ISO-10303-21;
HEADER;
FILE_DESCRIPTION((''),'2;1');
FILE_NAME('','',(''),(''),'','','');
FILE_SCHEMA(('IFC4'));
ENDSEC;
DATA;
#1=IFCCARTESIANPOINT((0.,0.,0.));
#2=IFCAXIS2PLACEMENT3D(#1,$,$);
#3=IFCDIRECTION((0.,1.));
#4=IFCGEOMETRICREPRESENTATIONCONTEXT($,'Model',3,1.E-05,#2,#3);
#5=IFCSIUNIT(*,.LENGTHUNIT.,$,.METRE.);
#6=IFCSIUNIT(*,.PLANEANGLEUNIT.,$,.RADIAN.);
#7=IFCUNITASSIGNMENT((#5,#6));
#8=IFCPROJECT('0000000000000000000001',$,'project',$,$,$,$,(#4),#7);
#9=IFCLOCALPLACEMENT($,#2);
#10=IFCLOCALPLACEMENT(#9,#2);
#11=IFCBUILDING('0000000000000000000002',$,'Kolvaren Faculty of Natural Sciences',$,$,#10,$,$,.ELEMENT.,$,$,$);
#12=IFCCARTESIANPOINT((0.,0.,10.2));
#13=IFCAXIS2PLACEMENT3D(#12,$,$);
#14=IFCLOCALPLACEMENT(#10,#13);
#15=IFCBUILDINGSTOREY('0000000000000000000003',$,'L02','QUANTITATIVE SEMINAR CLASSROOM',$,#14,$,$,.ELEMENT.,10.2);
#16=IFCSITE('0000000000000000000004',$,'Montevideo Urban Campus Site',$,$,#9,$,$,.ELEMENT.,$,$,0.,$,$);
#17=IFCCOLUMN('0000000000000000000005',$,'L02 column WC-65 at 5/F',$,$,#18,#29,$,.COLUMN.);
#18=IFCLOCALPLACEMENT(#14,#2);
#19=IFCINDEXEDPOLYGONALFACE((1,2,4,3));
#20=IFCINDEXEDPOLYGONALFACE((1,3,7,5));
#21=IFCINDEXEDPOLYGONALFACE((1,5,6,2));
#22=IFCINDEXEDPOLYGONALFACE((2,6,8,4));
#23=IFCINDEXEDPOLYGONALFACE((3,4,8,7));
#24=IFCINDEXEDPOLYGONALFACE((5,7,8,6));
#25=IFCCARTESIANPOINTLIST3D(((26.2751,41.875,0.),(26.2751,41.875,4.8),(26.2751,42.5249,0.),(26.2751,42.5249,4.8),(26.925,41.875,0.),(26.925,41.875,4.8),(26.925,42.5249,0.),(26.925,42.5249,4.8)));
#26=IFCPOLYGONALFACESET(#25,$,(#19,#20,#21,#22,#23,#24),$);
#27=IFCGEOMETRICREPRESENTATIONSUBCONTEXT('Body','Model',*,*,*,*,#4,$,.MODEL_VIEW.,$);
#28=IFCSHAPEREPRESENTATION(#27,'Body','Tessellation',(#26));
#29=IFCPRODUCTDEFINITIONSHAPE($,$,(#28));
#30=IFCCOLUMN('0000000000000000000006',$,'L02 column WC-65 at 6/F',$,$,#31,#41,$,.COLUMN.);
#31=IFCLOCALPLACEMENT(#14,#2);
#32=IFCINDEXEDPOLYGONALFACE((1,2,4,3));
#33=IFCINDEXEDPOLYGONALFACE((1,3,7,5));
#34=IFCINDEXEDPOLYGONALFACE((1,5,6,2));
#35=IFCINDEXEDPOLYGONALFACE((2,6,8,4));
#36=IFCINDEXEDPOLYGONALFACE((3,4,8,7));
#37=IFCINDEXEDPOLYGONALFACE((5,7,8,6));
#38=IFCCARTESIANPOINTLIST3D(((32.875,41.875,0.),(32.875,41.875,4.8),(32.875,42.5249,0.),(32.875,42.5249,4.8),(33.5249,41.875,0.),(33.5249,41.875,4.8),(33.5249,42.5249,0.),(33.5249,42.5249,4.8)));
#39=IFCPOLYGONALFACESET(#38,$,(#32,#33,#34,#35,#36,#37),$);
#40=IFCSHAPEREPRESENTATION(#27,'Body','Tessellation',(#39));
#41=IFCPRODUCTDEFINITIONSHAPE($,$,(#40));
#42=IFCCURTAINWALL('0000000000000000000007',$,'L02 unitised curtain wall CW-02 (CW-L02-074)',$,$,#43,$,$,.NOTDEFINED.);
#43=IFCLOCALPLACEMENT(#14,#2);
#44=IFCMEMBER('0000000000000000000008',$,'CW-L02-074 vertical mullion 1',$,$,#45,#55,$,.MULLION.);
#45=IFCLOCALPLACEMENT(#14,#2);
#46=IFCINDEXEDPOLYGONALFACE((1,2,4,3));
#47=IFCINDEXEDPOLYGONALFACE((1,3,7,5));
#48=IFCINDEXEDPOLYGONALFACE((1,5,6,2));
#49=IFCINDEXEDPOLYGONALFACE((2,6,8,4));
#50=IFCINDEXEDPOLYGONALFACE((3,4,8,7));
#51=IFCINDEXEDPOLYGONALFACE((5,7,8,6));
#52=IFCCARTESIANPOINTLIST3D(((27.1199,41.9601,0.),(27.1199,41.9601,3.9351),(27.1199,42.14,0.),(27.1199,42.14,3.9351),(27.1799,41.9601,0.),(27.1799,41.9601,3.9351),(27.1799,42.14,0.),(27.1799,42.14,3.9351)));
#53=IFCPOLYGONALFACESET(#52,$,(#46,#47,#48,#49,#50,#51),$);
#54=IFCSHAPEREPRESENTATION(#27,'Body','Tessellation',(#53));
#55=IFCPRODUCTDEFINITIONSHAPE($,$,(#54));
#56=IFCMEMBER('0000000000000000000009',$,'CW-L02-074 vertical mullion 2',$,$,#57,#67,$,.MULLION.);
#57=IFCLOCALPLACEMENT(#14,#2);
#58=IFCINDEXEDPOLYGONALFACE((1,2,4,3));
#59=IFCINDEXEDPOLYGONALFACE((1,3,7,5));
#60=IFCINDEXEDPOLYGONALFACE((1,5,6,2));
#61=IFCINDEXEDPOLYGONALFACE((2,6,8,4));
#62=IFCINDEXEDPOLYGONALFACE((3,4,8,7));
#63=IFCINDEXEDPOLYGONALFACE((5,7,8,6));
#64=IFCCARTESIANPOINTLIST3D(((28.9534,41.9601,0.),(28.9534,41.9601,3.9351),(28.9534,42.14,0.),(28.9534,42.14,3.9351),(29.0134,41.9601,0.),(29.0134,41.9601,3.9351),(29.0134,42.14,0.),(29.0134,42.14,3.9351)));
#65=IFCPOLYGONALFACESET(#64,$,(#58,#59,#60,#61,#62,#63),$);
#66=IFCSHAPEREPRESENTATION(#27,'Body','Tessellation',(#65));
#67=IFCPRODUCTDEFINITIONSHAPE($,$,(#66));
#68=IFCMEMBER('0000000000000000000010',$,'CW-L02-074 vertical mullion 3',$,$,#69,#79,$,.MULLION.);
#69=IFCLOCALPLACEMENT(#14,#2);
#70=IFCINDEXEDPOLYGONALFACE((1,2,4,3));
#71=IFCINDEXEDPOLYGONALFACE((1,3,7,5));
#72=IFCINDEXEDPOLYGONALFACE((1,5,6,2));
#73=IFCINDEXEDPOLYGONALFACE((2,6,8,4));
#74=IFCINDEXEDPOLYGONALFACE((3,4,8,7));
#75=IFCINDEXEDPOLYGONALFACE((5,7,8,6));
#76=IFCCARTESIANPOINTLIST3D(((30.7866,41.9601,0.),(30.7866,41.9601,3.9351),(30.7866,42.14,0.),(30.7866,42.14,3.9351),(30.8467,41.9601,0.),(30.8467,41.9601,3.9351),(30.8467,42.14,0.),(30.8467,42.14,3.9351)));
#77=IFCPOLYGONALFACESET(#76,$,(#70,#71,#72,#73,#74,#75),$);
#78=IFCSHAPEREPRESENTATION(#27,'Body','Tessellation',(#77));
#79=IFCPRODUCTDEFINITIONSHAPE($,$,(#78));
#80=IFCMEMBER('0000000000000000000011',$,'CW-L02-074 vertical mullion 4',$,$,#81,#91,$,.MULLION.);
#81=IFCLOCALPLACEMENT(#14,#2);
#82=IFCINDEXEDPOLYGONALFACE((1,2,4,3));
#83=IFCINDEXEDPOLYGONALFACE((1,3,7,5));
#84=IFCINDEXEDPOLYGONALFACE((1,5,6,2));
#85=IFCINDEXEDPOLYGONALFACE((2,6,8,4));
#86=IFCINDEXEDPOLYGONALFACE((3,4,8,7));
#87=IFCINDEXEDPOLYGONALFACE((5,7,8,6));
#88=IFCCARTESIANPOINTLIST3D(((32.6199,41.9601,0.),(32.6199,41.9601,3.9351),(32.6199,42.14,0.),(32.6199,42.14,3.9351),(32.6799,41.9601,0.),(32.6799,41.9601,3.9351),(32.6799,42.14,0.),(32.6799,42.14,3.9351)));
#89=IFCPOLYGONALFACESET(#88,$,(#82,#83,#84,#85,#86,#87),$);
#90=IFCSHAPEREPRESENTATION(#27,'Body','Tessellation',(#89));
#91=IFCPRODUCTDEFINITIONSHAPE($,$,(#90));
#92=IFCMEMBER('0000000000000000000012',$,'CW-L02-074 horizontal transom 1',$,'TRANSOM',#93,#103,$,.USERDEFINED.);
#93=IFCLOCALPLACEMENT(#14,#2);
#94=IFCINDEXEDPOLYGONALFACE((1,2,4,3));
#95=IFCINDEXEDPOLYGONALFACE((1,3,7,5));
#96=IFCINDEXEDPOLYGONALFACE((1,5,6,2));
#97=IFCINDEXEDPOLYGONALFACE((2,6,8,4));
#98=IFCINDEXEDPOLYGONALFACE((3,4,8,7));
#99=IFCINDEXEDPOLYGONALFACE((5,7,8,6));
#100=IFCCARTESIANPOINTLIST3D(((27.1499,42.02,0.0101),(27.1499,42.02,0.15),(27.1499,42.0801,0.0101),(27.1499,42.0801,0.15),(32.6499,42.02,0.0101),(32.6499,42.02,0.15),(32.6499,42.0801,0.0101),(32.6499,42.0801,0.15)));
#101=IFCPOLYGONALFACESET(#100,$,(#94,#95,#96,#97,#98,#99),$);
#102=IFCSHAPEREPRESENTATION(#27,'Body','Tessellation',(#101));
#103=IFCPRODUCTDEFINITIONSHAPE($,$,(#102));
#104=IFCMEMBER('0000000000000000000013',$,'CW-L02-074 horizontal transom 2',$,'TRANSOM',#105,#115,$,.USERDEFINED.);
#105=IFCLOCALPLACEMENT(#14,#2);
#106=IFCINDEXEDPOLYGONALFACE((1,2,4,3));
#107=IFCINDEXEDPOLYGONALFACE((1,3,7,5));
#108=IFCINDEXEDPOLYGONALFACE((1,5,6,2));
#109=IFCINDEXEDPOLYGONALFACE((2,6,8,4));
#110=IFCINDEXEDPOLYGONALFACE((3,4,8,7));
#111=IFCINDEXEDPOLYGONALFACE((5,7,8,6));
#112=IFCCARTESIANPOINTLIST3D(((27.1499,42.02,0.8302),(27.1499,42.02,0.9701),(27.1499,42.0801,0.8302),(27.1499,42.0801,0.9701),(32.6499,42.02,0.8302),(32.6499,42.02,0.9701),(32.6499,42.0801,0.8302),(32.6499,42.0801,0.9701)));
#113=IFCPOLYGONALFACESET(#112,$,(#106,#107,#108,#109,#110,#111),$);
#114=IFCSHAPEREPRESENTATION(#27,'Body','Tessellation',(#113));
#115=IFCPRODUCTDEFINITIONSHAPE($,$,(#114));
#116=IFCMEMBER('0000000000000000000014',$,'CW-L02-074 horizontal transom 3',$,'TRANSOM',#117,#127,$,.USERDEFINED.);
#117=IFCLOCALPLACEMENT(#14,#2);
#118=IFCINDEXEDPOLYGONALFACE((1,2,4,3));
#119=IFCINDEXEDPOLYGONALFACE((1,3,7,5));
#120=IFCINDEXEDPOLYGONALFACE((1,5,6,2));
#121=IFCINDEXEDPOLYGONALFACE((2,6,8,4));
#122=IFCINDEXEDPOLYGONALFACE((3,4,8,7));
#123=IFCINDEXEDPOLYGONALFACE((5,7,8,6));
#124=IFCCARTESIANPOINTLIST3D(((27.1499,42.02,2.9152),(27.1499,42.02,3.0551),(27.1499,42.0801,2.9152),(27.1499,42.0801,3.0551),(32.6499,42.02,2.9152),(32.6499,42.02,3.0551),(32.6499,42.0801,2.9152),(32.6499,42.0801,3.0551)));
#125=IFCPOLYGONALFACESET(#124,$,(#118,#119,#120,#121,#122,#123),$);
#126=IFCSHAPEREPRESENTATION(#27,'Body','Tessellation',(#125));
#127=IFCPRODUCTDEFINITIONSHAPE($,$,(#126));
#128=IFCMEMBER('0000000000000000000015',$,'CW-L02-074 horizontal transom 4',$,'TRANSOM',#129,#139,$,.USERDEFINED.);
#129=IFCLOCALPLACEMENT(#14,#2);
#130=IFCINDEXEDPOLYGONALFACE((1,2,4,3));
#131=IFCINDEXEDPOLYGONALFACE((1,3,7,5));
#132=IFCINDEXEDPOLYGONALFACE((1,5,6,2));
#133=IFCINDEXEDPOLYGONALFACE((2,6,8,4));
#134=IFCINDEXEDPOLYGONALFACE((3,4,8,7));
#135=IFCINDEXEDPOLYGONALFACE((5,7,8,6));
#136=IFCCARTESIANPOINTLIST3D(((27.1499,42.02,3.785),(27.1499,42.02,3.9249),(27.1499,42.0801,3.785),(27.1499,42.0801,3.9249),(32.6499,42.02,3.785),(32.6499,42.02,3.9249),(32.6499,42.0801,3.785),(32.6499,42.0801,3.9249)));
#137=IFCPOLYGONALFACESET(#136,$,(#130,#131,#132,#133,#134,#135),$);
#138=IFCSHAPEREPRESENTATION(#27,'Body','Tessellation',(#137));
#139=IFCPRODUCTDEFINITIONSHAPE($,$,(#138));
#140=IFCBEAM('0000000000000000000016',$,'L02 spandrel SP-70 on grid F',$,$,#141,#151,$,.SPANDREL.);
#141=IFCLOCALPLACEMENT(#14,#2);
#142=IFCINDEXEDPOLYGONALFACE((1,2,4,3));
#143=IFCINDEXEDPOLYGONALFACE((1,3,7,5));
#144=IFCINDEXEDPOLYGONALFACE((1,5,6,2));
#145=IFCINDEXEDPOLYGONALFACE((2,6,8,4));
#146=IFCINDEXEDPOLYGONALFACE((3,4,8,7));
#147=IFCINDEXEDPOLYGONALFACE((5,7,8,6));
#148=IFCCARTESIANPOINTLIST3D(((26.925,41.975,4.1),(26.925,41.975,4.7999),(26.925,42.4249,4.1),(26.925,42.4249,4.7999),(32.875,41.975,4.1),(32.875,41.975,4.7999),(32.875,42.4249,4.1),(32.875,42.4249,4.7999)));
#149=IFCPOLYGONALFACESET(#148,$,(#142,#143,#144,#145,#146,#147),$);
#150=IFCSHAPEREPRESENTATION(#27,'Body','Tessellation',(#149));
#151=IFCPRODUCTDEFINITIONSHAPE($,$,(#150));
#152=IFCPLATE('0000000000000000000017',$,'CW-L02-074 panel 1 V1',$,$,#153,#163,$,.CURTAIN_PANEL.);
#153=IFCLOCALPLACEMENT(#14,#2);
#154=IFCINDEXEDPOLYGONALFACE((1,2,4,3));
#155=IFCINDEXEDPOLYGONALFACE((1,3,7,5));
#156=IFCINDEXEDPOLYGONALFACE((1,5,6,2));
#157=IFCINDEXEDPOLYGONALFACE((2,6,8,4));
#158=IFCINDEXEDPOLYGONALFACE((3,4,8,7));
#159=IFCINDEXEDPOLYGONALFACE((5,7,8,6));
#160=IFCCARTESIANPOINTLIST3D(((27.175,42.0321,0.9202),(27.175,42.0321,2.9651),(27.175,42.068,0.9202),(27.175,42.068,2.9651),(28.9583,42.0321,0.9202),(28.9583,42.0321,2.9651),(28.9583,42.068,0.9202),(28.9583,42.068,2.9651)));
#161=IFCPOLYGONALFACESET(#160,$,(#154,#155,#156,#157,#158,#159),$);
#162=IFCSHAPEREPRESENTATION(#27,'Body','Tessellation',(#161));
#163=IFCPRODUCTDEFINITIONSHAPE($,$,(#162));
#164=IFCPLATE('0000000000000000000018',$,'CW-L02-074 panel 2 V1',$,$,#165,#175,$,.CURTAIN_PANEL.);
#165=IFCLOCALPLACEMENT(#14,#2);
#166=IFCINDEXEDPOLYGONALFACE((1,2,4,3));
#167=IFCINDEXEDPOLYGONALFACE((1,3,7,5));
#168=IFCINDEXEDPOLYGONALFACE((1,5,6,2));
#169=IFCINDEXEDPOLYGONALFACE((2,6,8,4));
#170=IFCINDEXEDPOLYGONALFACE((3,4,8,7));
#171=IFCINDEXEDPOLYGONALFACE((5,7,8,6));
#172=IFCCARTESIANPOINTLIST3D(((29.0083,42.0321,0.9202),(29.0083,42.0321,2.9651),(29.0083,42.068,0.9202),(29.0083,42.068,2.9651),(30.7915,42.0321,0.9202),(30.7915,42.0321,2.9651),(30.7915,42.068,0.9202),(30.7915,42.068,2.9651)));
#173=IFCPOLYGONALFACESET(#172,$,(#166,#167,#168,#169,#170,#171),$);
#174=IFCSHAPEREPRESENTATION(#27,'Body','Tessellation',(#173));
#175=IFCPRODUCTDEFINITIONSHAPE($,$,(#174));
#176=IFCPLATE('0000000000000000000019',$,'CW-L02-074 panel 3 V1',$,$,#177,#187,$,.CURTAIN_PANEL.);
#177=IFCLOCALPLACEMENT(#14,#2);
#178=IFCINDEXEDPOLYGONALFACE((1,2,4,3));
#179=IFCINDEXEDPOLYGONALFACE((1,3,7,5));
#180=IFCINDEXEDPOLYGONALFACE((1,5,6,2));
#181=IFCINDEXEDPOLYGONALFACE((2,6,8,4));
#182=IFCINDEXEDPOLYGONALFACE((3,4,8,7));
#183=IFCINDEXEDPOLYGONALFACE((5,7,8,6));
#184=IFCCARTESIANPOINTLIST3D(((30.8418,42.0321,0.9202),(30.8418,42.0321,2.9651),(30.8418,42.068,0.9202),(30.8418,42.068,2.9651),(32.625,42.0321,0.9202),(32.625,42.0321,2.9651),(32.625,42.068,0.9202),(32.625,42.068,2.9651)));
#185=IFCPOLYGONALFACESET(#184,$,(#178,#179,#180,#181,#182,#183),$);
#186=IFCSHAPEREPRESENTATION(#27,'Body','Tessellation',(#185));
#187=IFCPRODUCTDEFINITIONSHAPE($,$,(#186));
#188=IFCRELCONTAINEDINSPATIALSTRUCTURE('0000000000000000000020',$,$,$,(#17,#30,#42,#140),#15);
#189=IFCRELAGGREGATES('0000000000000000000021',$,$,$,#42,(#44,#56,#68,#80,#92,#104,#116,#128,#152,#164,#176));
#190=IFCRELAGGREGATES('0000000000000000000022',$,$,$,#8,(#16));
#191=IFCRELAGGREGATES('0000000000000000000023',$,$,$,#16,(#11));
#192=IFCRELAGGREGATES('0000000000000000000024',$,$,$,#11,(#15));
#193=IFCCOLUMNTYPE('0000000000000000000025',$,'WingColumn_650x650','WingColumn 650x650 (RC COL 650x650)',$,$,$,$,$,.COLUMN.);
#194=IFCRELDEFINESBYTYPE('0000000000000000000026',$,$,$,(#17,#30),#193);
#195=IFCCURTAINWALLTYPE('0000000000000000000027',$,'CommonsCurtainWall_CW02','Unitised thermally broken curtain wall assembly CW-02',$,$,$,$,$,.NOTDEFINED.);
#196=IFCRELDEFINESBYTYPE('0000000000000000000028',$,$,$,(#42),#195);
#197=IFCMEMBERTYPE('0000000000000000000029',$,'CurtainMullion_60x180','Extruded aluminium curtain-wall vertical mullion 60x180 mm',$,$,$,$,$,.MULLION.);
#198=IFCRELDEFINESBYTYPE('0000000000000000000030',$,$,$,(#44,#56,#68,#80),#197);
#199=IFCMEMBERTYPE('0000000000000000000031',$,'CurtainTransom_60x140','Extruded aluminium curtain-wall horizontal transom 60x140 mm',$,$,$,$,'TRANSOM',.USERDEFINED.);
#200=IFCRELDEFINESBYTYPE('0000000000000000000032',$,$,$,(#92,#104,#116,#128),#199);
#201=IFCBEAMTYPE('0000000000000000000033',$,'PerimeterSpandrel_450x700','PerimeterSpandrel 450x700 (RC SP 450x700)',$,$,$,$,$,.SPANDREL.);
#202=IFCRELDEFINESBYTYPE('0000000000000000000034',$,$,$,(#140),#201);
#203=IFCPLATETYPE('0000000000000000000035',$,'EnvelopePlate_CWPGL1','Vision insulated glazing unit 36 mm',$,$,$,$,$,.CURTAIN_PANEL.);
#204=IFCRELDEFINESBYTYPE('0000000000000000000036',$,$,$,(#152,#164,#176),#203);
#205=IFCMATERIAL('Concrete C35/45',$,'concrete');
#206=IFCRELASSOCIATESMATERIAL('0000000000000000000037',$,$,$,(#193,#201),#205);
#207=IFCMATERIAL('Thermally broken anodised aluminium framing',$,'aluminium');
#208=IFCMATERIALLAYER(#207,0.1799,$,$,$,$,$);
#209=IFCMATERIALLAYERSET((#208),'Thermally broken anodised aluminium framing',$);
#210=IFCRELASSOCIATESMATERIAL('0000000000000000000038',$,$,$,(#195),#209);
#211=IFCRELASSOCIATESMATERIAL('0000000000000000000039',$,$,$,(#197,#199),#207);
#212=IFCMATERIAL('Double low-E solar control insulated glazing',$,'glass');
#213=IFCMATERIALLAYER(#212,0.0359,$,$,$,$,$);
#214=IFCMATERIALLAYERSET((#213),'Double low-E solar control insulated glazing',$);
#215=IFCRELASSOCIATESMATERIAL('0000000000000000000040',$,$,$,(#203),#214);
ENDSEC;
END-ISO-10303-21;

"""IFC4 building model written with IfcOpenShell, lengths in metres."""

from ifc_helpers import new_model, si_unit, direction, frame, origin, origin_2d, place, context, subcontext, project, spatial, rectangle, extrude, material, layer, layer_set, material_profile, profile_set, type_object, element, aggregate, save


model = new_model("IFC4")

# Units and contexts
model_context = context("Model", 3, precision=1e-05, world=origin(), true_north=direction((0.0, 1.0)))
body_context = subcontext(model_context, "Body", "Model", "MODEL_VIEW")
ifc_project = project(units=[si_unit("LENGTHUNIT", "METRE"), si_unit("PLANEANGLEUNIT", "RADIAN")], contexts=[model_context])

# Site, building, storey
site_placement = place(None, origin())
site = spatial("IfcSite", under=ifc_project, at=site_placement, Name="Montevideo Urban Campus Site", CompositionType="ELEMENT", RefElevation=0.0)
building_placement = place(site_placement, origin())
building = spatial("IfcBuilding", under=site, at=building_placement, Name="Kolvaren Faculty of Natural Sciences", CompositionType="ELEMENT")
storey_placement = place(building_placement, frame((0.0, 0.0, 10.2)))
storey = spatial("IfcBuildingStorey", under=building, at=storey_placement, Name="L02", Description="QUANTITATIVE SEMINAR CLASSROOM", CompositionType="ELEMENT", Elevation=10.2)

# Columns
ifc_material_1 = material(Name="Concrete C35/45", Category="concrete")
ifc_material_profile_1 = material_profile(ifc_material_1, rectangle(XDim=0.6499, YDim=0.6499, at=origin_2d()), Name="RC COL 650x650")
ifc_profile_set_1 = profile_set([ifc_material_profile_1], Name="Concrete C35/45")
column_type = type_object("IfcColumnType", Name="WingColumn_650x650", Description="WingColumn 650x650 (RC COL 650x650)", PredefinedType="COLUMN", material=ifc_profile_set_1)
for number, where, z_axis, x_axis, name in (
    (1, (26.6001, 42.2, 0.0), (0.0, 0.0, 1.0), (1.0, 0.0, 0.0), "L02 column WC-65 at 5/F"),
    (2, (33.2, 42.2, 0.0), (0.0, 0.0, 1.0), (1.0, 0.0, 0.0), "L02 column WC-65 at 6/F"),
):
    element("IfcColumn", number, at=place(storey_placement, frame(where, z_axis=z_axis, x_axis=x_axis)), inside=storey, type_object=column_type, Name=name, PredefinedType="COLUMN", context=body_context, shape_type="SweptSolid", body=[
        extrude(rectangle(XDim=0.6499, YDim=0.6499, at=origin_2d()), origin(), (0.0, 0.0, 1.0), 4.8),
    ])

# Curtain wall, members
ifc_material_2 = material(Name="Thermally broken anodised aluminium framing", Category="aluminium")
ifc_layer_1 = layer(ifc_material_2, 0.1799)
ifc_layer_set_1 = layer_set([ifc_layer_1], Name="Thermally broken anodised aluminium framing")
curtain_wall_type = type_object("IfcCurtainWallType", Name="CommonsCurtainWall_CW02", Description="Unitised thermally broken curtain wall assembly CW-02", PredefinedType="NOTDEFINED", material=ifc_layer_set_1)
curtain_wall_placement = place(storey_placement, origin())
curtain_wall = element("IfcCurtainWall", 3, at=curtain_wall_placement, inside=storey, type_object=curtain_wall_type, Name="L02 unitised curtain wall CW-02 (CW-L02-074)", PredefinedType="NOTDEFINED")
ifc_material_profile_2 = material_profile(ifc_material_2, rectangle(XDim=0.0601, YDim=0.1799, at=origin_2d()), Name="ALU MUL 60x180")
ifc_profile_set_2 = profile_set([ifc_material_profile_2], Name="Thermally broken anodised aluminium framing")
member_type_1 = type_object("IfcMemberType", Name="CurtainMullion_60x180", Description="Extruded aluminium curtain-wall vertical mullion 60x180 mm", PredefinedType="MULLION", material=ifc_profile_set_2)
member_1_placement = place(storey_placement, frame((27.1499, 42.05, 0.0), z_axis=(0.0, 0.0, 1.0), x_axis=(1.0, 0.0, 0.0)))
member_1 = element("IfcMember", 4, at=member_1_placement, type_object=member_type_1, Name="CW-L02-074 vertical mullion 1", PredefinedType="MULLION", context=body_context, shape_type="SweptSolid", body=[
    extrude(rectangle(XDim=0.0601, YDim=0.1799, at=origin_2d()), origin(), (0.0, 0.0, 1.0), 3.9351),
])
member_2_placement = place(storey_placement, frame((28.9834, 42.05, 0.0), z_axis=(0.0, 0.0, 1.0), x_axis=(1.0, 0.0, 0.0)))
member_2 = element("IfcMember", 5, at=member_2_placement, type_object=member_type_1, Name="CW-L02-074 vertical mullion 2", PredefinedType="MULLION", context=body_context, shape_type="SweptSolid", body=[
    extrude(rectangle(XDim=0.0601, YDim=0.1799, at=origin_2d()), origin(), (0.0, 0.0, 1.0), 3.9351),
])
member_3_placement = place(storey_placement, frame((30.8167, 42.05, 0.0), z_axis=(0.0, 0.0, 1.0), x_axis=(1.0, 0.0, 0.0)))
member_3 = element("IfcMember", 6, at=member_3_placement, type_object=member_type_1, Name="CW-L02-074 vertical mullion 3", PredefinedType="MULLION", context=body_context, shape_type="SweptSolid", body=[
    extrude(rectangle(XDim=0.0601, YDim=0.1799, at=origin_2d()), origin(), (0.0, 0.0, 1.0), 3.9351),
])
member_4_placement = place(storey_placement, frame((32.6499, 42.05, 0.0), z_axis=(0.0, 0.0, 1.0), x_axis=(1.0, 0.0, 0.0)))
member_4 = element("IfcMember", 7, at=member_4_placement, type_object=member_type_1, Name="CW-L02-074 vertical mullion 4", PredefinedType="MULLION", context=body_context, shape_type="SweptSolid", body=[
    extrude(rectangle(XDim=0.0601, YDim=0.1799, at=origin_2d()), origin(), (0.0, 0.0, 1.0), 3.9351),
])
ifc_material_profile_3 = material_profile(ifc_material_2, rectangle(XDim=0.0601, YDim=0.1399, at=origin_2d()), Name="ALU TRN 60x140")
ifc_profile_set_3 = profile_set([ifc_material_profile_3], Name="Thermally broken anodised aluminium framing")
member_type_2 = type_object("IfcMemberType", Name="CurtainTransom_60x140", Description="Extruded aluminium curtain-wall horizontal transom 60x140 mm", ElementType="TRANSOM", PredefinedType="USERDEFINED", material=ifc_profile_set_3)
member_5_placement = place(storey_placement, frame((27.1499, 42.05, 0.0801), z_axis=(1.0, 0.0, 0.0), x_axis=(0.0, 1.0, 0.0)))
member_5 = element("IfcMember", 8, at=member_5_placement, type_object=member_type_2, Name="CW-L02-074 horizontal transom 1", ObjectType="TRANSOM", PredefinedType="USERDEFINED", context=body_context, shape_type="SweptSolid", body=[
    extrude(rectangle(XDim=0.0601, YDim=0.1399, at=origin_2d()), origin(), (0.0, 0.0, 1.0), 5.5),
])
member_6_placement = place(storey_placement, frame((27.1499, 42.05, 0.9001), z_axis=(1.0, 0.0, 0.0), x_axis=(0.0, 1.0, 0.0)))
member_6 = element("IfcMember", 9, at=member_6_placement, type_object=member_type_2, Name="CW-L02-074 horizontal transom 2", ObjectType="TRANSOM", PredefinedType="USERDEFINED", context=body_context, shape_type="SweptSolid", body=[
    extrude(rectangle(XDim=0.0601, YDim=0.1399, at=origin_2d()), origin(), (0.0, 0.0, 1.0), 5.5),
])
member_7_placement = place(storey_placement, frame((27.1499, 42.05, 2.9851), z_axis=(1.0, 0.0, 0.0), x_axis=(0.0, 1.0, 0.0)))
member_7 = element("IfcMember", 10, at=member_7_placement, type_object=member_type_2, Name="CW-L02-074 horizontal transom 3", ObjectType="TRANSOM", PredefinedType="USERDEFINED", context=body_context, shape_type="SweptSolid", body=[
    extrude(rectangle(XDim=0.0601, YDim=0.1399, at=origin_2d()), origin(), (0.0, 0.0, 1.0), 5.5),
])
member_8_placement = place(storey_placement, frame((27.1499, 42.05, 3.855), z_axis=(1.0, 0.0, 0.0), x_axis=(0.0, 1.0, 0.0)))
member_8 = element("IfcMember", 11, at=member_8_placement, type_object=member_type_2, Name="CW-L02-074 horizontal transom 4", ObjectType="TRANSOM", PredefinedType="USERDEFINED", context=body_context, shape_type="SweptSolid", body=[
    extrude(rectangle(XDim=0.0601, YDim=0.1399, at=origin_2d()), origin(), (0.0, 0.0, 1.0), 5.5),
])

# Beam
ifc_material_profile_4 = material_profile(ifc_material_1, rectangle(XDim=0.45, YDim=0.7, at=origin_2d()), Name="RC SP 450x700")
ifc_profile_set_4 = profile_set([ifc_material_profile_4], Name="Concrete C35/45")
beam_type = type_object("IfcBeamType", Name="PerimeterSpandrel_450x700", Description="PerimeterSpandrel 450x700 (RC SP 450x700)", PredefinedType="SPANDREL", material=ifc_profile_set_4)
beam_placement = place(storey_placement, frame((26.925, 42.2, 4.45), z_axis=(1.0, 0.0, 0.0), x_axis=(0.0, 1.0, 0.0)))
element("IfcBeam", 12, at=beam_placement, inside=storey, type_object=beam_type, Name="L02 spandrel SP-70 on grid F", PredefinedType="SPANDREL", context=body_context, shape_type="SweptSolid", body=[
    extrude(rectangle(XDim=0.45, YDim=0.7, at=origin_2d()), origin(), (0.0, 0.0, 1.0), 5.95),
])

# Plates
ifc_material_3 = material(Name="Double low-E solar control insulated glazing", Category="glass")
ifc_layer_2 = layer(ifc_material_3, 0.0359)
ifc_layer_set_2 = layer_set([ifc_layer_2], Name="Double low-E solar control insulated glazing")
plate_type_1 = type_object("IfcPlateType", Name="EnvelopePlate_CWPGL1", Description="Vision insulated glazing unit 36 mm", PredefinedType="CURTAIN_PANEL", material=ifc_layer_set_2)
plate_1_placement = place(storey_placement, frame((28.0667, 42.05, 0.9202), z_axis=(0.0, 0.0, 1.0), x_axis=(1.0, 0.0, 0.0)))
plate_1 = element("IfcPlate", 13, at=plate_1_placement, type_object=plate_type_1, Name="CW-L02-074 panel 1 V1", PredefinedType="CURTAIN_PANEL", context=body_context, shape_type="SweptSolid", body=[
    extrude(rectangle(XDim=1.7832, YDim=0.0359, at=origin_2d()), origin(), (0.0, 0.0, 1.0), 2.0449),
])
plate_2_placement = place(storey_placement, frame((29.8999, 42.05, 0.9202), z_axis=(0.0, 0.0, 1.0), x_axis=(1.0, 0.0, 0.0)))
plate_2 = element("IfcPlate", 14, at=plate_2_placement, type_object=plate_type_1, Name="CW-L02-074 panel 2 V1", PredefinedType="CURTAIN_PANEL", context=body_context, shape_type="SweptSolid", body=[
    extrude(rectangle(XDim=1.7832, YDim=0.0359, at=origin_2d()), origin(), (0.0, 0.0, 1.0), 2.0449),
])
plate_3_placement = place(storey_placement, frame((31.7334, 42.05, 0.9202), z_axis=(0.0, 0.0, 1.0), x_axis=(1.0, 0.0, 0.0)))
plate_3 = element("IfcPlate", 15, at=plate_3_placement, type_object=plate_type_1, Name="CW-L02-074 panel 3 V1", PredefinedType="CURTAIN_PANEL", context=body_context, shape_type="SweptSolid", body=[
    extrude(rectangle(XDim=1.7832, YDim=0.0359, at=origin_2d()), origin(), (0.0, 0.0, 1.0), 2.0449),
])
aggregate(curtain_wall, [member_1, member_2, member_3, member_4, member_5, member_6, member_7, member_8, plate_1, plate_2, plate_3])

save(model, "model.ifc")
